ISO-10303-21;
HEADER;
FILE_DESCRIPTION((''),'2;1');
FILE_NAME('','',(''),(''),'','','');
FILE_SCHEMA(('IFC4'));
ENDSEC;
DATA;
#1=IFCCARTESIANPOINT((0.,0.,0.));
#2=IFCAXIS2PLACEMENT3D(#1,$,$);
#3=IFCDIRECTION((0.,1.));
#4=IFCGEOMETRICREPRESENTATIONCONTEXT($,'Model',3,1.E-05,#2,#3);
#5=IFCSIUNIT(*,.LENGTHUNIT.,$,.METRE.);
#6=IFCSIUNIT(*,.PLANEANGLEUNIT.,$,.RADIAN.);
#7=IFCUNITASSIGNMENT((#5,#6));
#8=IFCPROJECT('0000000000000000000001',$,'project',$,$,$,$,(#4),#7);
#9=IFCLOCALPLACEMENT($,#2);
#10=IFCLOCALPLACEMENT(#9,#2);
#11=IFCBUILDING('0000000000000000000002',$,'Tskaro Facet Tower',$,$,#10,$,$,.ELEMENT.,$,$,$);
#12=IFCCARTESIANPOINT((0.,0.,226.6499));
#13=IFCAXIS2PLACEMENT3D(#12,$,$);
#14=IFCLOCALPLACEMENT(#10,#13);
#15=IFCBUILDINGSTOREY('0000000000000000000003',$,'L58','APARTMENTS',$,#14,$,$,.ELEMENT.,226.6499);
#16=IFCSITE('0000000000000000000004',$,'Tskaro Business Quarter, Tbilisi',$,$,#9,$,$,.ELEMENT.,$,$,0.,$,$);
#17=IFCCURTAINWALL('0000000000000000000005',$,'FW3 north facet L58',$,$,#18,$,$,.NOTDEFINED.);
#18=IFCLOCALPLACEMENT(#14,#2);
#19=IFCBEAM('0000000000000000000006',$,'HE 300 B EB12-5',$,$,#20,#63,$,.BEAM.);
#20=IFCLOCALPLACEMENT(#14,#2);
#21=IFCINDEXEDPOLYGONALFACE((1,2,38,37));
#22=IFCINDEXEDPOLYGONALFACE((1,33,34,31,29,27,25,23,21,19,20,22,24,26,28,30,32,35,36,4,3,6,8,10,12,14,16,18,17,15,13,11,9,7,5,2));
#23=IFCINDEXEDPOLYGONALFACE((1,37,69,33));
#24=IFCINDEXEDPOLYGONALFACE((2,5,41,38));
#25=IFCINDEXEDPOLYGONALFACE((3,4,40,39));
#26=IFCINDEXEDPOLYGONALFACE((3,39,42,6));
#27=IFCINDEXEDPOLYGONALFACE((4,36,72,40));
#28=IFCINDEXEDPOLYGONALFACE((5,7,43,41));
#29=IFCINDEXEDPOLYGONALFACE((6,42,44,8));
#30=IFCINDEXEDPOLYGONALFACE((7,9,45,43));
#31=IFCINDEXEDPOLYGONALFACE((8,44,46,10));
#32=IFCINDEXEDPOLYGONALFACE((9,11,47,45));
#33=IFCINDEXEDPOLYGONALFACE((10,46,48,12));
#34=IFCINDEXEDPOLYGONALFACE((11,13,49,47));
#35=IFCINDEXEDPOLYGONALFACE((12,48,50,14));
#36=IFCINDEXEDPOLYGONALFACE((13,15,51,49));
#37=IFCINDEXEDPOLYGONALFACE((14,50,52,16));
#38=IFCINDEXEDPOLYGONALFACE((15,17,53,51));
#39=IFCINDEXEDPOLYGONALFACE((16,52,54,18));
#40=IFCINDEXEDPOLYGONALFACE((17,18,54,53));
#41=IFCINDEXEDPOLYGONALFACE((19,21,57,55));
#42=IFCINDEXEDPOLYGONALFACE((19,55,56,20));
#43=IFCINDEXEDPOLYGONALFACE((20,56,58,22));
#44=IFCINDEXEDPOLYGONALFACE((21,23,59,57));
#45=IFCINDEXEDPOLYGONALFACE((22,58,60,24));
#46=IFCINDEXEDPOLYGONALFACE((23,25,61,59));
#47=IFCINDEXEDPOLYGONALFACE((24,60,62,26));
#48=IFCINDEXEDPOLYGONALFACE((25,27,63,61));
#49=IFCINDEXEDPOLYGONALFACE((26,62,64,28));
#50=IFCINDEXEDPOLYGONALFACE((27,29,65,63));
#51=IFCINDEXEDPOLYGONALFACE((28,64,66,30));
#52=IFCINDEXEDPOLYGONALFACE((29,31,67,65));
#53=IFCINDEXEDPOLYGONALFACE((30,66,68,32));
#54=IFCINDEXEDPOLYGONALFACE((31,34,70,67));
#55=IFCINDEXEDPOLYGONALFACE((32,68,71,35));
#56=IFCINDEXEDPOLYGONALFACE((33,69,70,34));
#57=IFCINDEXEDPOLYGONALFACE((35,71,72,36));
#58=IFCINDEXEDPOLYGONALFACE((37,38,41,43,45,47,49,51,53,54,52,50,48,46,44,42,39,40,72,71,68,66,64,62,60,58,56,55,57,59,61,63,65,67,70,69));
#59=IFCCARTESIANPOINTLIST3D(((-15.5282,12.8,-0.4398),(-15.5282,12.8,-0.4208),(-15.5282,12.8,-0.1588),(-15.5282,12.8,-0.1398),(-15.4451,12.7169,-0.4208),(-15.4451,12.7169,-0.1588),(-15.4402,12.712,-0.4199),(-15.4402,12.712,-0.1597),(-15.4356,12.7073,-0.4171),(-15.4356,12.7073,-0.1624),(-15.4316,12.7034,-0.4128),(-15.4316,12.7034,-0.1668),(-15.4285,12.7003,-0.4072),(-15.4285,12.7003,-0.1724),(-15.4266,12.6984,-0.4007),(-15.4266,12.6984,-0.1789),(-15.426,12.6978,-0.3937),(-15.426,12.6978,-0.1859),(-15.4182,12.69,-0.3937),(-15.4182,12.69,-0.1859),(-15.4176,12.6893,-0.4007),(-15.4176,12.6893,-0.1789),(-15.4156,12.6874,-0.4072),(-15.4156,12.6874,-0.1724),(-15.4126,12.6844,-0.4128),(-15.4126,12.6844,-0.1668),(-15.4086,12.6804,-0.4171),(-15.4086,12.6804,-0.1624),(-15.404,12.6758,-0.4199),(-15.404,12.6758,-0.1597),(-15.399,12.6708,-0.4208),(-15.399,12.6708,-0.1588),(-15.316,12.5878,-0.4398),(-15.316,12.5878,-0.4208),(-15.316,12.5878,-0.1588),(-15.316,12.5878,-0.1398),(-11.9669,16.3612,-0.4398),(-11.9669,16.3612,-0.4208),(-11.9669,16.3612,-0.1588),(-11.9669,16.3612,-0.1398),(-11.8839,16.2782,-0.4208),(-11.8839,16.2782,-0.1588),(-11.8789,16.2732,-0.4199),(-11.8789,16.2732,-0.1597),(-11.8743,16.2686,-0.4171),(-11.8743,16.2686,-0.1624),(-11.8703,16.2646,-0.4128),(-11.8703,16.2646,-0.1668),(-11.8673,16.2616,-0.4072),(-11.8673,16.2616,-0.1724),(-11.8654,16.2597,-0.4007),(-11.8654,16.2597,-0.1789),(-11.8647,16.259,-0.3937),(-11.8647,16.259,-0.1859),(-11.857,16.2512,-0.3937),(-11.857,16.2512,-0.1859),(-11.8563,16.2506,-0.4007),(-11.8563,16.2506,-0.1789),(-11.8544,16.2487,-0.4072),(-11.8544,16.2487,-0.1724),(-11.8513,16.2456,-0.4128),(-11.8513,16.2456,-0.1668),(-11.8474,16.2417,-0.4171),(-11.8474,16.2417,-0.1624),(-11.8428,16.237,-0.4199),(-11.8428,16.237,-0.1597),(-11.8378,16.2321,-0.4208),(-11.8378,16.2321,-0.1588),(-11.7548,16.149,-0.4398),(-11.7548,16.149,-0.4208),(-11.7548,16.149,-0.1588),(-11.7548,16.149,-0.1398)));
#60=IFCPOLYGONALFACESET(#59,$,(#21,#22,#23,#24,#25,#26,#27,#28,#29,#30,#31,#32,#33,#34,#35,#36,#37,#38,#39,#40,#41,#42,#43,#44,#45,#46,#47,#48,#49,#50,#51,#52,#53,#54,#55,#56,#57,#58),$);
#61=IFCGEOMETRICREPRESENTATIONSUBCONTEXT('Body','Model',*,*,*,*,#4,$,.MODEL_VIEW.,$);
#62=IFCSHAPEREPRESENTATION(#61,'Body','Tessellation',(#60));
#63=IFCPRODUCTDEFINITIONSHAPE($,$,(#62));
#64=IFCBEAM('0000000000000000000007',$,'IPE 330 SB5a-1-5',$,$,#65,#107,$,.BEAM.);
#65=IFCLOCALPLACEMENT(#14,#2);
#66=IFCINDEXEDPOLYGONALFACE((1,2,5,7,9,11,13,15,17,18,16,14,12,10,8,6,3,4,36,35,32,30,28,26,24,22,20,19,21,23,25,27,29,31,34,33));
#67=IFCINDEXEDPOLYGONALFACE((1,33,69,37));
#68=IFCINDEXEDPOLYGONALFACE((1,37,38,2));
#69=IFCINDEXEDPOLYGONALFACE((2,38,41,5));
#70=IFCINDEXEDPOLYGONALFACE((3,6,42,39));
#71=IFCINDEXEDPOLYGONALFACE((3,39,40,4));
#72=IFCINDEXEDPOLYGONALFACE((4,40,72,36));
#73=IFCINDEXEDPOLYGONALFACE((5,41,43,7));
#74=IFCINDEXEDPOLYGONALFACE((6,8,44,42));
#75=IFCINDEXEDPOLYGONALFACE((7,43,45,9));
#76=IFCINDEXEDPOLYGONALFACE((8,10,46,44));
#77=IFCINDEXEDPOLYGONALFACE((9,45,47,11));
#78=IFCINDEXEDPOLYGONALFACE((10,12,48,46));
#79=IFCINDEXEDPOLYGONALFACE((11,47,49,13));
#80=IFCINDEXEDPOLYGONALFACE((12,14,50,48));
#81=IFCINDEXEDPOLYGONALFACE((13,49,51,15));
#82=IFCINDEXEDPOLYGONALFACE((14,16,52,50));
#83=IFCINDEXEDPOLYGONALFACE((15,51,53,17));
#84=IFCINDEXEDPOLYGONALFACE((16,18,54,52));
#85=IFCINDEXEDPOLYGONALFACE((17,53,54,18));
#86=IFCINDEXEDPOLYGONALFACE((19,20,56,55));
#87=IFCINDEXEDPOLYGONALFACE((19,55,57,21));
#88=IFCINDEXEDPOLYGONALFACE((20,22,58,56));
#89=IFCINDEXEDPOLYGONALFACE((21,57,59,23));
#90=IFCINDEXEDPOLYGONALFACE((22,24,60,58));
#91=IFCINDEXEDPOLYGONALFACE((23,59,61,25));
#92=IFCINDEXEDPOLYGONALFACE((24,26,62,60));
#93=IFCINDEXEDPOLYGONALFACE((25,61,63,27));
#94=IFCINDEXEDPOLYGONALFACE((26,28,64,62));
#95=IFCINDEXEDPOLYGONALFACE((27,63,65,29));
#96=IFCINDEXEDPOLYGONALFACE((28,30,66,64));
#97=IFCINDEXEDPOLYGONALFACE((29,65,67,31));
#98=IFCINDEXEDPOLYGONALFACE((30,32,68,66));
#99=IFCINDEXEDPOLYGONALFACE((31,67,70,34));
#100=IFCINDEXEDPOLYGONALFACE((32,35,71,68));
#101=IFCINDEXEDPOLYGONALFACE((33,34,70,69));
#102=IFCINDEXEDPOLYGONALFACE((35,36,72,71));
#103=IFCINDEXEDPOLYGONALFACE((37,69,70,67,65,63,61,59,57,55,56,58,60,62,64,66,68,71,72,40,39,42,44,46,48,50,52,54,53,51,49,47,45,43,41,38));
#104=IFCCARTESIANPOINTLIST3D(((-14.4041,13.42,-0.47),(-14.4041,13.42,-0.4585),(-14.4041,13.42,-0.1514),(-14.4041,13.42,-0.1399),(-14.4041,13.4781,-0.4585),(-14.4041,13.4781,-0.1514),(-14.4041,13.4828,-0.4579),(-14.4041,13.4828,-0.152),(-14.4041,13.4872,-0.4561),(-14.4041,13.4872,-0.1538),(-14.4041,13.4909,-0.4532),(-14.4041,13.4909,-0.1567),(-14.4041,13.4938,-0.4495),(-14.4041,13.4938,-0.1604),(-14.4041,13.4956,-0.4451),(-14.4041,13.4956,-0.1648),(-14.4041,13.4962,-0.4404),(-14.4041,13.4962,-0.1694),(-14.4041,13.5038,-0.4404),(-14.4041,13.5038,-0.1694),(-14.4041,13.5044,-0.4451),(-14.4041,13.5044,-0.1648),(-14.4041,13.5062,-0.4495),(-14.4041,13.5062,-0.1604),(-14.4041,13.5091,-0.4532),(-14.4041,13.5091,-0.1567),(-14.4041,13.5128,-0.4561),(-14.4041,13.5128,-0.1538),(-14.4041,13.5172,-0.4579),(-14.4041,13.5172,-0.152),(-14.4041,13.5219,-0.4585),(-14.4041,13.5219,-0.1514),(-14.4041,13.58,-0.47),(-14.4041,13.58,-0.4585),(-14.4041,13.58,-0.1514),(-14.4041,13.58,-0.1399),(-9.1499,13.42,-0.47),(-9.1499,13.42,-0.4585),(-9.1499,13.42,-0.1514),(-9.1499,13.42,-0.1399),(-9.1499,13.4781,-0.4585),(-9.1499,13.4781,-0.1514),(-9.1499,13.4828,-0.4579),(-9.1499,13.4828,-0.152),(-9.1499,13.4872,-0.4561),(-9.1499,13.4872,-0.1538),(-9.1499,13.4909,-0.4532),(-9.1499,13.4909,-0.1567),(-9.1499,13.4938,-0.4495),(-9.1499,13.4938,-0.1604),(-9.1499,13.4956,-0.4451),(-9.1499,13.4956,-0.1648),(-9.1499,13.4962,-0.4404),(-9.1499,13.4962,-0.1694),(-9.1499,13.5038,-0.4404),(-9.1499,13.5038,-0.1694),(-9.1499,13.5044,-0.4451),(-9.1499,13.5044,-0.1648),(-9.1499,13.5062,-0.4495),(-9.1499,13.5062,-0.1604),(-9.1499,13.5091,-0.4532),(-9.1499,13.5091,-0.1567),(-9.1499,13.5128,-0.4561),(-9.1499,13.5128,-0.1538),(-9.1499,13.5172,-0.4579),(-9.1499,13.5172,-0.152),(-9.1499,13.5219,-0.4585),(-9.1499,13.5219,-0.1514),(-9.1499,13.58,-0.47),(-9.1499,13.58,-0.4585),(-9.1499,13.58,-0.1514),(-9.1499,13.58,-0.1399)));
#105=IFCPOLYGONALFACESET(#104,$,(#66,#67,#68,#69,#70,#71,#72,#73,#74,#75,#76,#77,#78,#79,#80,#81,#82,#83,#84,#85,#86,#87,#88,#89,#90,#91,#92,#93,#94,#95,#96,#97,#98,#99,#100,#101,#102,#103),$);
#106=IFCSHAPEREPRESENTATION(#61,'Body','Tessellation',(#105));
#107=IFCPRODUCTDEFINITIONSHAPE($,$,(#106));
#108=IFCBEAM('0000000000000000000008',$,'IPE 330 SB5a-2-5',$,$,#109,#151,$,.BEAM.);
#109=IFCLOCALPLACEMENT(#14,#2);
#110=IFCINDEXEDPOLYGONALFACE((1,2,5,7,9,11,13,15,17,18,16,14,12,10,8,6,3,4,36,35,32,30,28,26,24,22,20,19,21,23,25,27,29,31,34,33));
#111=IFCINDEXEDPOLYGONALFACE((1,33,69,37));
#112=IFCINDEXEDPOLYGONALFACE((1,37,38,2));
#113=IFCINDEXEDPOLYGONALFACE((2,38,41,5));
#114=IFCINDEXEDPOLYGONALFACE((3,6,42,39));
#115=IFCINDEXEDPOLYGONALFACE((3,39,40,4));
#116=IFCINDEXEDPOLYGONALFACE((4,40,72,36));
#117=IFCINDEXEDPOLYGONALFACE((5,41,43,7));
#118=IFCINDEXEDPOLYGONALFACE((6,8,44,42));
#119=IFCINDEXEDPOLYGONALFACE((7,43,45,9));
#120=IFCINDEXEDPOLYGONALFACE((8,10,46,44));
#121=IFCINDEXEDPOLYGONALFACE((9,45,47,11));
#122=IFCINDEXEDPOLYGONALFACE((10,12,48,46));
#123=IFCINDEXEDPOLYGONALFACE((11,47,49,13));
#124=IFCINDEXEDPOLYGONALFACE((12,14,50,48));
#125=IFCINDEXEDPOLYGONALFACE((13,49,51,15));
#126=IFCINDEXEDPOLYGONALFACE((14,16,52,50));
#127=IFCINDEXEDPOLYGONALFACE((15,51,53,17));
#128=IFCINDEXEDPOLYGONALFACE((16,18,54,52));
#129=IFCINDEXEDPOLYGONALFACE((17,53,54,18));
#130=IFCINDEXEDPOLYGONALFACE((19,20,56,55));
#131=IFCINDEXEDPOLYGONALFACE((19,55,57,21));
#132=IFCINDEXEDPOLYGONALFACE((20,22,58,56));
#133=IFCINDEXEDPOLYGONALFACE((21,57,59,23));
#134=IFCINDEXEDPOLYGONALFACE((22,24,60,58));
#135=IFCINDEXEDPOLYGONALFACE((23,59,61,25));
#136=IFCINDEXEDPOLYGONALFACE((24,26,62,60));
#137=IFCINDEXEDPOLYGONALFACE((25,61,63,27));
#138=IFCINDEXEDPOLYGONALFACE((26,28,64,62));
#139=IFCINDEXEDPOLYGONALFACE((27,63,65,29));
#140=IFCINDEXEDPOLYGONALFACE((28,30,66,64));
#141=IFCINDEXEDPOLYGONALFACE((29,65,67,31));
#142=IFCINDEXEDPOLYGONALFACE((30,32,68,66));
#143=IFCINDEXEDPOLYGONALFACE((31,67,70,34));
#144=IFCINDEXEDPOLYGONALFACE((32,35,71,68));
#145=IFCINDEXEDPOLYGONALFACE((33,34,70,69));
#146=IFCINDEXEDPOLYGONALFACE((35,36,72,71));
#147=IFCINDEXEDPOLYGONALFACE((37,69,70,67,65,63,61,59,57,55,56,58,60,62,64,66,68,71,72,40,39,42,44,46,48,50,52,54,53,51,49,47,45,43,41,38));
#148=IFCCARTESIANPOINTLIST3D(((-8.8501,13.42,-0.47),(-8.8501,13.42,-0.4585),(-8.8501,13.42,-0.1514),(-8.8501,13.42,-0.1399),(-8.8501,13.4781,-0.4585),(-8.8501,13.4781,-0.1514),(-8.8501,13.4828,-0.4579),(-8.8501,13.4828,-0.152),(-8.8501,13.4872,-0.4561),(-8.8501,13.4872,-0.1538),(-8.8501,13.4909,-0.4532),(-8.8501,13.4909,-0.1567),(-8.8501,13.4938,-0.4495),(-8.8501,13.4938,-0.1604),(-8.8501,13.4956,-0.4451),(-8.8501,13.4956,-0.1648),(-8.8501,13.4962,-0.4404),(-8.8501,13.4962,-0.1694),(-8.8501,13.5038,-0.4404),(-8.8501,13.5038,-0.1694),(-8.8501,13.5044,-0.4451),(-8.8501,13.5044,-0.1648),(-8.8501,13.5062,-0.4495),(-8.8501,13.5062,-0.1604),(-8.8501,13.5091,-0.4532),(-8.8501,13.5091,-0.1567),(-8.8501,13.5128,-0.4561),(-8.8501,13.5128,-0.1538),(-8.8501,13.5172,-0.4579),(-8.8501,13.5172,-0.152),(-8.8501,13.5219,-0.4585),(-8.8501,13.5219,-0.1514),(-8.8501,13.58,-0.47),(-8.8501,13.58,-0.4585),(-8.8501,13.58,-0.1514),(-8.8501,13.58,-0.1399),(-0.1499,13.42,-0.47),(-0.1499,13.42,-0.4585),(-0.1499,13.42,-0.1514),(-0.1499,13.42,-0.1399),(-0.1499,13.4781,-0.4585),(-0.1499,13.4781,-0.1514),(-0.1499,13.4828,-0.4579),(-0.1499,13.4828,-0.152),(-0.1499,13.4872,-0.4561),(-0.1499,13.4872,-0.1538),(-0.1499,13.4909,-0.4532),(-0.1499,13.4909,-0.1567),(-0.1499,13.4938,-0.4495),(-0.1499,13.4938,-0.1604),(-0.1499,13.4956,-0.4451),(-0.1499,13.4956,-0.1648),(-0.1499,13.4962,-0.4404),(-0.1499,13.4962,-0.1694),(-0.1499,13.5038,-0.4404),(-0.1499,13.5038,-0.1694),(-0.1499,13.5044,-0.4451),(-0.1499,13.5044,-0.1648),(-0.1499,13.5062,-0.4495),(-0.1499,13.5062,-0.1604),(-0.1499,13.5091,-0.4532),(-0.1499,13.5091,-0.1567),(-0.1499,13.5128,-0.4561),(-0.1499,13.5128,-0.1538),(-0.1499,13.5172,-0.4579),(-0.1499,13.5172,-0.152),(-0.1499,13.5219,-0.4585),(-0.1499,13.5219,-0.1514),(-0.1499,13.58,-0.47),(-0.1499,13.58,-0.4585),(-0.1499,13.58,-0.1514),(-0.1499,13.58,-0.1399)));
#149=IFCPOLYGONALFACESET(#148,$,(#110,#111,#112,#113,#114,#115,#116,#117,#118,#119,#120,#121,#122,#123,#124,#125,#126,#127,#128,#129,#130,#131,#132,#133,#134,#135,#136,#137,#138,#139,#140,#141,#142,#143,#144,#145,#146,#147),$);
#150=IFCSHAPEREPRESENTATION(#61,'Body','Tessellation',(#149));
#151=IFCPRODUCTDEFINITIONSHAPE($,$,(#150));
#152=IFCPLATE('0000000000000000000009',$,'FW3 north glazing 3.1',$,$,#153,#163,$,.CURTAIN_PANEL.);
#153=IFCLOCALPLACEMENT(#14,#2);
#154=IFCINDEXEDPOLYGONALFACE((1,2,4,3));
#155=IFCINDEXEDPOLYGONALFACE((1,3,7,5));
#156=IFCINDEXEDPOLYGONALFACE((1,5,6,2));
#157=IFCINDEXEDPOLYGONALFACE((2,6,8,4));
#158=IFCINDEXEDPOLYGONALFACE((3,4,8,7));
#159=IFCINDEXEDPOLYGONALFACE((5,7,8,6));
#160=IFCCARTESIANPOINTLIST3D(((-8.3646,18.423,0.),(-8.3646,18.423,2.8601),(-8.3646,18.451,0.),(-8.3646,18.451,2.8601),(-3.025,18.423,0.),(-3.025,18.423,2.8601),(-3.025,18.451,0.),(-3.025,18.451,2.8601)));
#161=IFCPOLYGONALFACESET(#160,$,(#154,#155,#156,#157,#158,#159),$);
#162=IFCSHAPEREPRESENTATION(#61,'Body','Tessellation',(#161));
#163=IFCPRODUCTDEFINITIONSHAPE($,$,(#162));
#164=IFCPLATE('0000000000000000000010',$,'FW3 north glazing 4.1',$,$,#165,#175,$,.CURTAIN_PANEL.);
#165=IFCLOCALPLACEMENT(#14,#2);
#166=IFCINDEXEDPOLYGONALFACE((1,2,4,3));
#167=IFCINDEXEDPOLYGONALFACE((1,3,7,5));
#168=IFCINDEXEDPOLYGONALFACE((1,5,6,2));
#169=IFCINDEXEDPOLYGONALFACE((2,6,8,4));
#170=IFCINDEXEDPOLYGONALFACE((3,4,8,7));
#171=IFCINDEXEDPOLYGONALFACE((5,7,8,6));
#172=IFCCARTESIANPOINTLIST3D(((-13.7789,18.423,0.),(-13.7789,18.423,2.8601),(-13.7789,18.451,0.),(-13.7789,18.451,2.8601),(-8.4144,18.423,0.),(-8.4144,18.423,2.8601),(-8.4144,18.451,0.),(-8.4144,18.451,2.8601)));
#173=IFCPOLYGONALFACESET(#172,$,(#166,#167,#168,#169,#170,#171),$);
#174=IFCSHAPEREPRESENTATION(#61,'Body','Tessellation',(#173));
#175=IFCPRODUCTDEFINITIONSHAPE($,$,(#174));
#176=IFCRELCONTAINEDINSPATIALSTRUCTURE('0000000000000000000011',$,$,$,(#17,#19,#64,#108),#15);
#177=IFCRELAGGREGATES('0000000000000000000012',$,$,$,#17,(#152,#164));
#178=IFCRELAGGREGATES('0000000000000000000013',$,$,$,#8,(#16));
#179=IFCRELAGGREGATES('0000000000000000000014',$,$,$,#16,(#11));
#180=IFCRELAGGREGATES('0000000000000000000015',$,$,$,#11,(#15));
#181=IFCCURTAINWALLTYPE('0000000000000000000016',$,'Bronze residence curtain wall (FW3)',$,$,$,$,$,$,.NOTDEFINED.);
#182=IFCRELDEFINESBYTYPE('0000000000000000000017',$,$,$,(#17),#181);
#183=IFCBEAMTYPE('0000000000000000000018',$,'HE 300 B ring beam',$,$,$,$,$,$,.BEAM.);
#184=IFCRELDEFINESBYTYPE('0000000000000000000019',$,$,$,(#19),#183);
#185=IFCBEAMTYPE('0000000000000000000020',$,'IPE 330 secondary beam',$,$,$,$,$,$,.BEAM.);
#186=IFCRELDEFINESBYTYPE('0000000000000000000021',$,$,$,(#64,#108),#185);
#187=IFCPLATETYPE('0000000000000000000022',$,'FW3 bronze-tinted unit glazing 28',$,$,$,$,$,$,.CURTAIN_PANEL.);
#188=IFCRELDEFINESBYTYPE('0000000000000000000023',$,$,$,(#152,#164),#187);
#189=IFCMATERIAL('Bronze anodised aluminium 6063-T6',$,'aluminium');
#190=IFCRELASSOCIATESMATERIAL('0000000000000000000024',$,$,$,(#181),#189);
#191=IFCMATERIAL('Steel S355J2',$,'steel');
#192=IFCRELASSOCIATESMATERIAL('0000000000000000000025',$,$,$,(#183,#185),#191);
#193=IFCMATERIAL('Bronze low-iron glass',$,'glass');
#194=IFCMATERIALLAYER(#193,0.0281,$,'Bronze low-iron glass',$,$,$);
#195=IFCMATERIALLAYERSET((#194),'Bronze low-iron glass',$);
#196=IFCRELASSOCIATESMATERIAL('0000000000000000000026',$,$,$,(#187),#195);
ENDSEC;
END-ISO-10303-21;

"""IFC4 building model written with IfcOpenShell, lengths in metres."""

from ifc_helpers import new_model, si_unit, direction, frame, origin, origin_2d, place, context, subcontext, project, spatial, rectangle, i_section, extrude, material, layer, layer_set, material_profile, profile_set, type_object, element, aggregate, save


model = new_model("IFC4")

# Units and contexts
model_context = context("Model", 3, precision=1e-05, world=origin(), true_north=direction((0.0, 1.0)))
body_context = subcontext(model_context, "Body", "Model", "MODEL_VIEW")
ifc_project = project(units=[si_unit("LENGTHUNIT", "METRE"), si_unit("PLANEANGLEUNIT", "RADIAN")], contexts=[model_context])

# Site, building, storey
site_placement = place(None, origin())
site = spatial("IfcSite", under=ifc_project, at=site_placement, Name="Tskaro Business Quarter, Tbilisi", CompositionType="ELEMENT", RefElevation=0.0)
building_placement = place(site_placement, origin())
building = spatial("IfcBuilding", under=site, at=building_placement, Name="Tskaro Facet Tower", CompositionType="ELEMENT")
storey_placement = place(building_placement, frame((0.0, 0.0, 226.6499)))
storey = spatial("IfcBuildingStorey", under=building, at=storey_placement, Name="L58", Description="APARTMENTS", CompositionType="ELEMENT", Elevation=226.6499)

# Shared definitions
ifc_material_1 = material(Name="Bronze anodised aluminium 6063-T6", Category="aluminium")
curtain_wall_type = type_object("IfcCurtainWallType", Name="Bronze residence curtain wall (FW3)", PredefinedType="NOTDEFINED", material=ifc_material_1)

# Curtain wall
curtain_wall_1_placement = place(storey_placement, origin())
curtain_wall_1 = element("IfcCurtainWall", 1, at=curtain_wall_1_placement, inside=storey, type_object=curtain_wall_type, Name="FW3 north facet L58", PredefinedType="NOTDEFINED")

# Beams
ifc_material_2 = material(Name="Steel S355J2", Category="steel")
ifc_material_profile_1 = material_profile(ifc_material_2, i_section(OverallWidth=0.3, OverallDepth=0.3, WebThickness=0.011, FlangeThickness=0.019, FilletRadius=0.0271, at=origin_2d()), Name="HE 300 B")
ifc_profile_set_1 = profile_set([ifc_material_profile_1], Name="Steel S355J2")
beam_type_1 = type_object("IfcBeamType", Name="HE 300 B ring beam", PredefinedType="BEAM", material=ifc_profile_set_1)
beam_1_placement = place(storey_placement, frame((-11.8608, 16.2551, -0.2898), z_axis=(-0.707107, -0.707107, 0.0), x_axis=(0.707107, -0.707107, 0.0)))
element("IfcBeam", 2, at=beam_1_placement, inside=storey, type_object=beam_type_1, Name="HE 300 B EB12-5", PredefinedType="BEAM", context=body_context, shape_type="SweptSolid", body=[
    extrude(i_section(OverallWidth=0.3, OverallDepth=0.3, WebThickness=0.011, FlangeThickness=0.019, FilletRadius=0.0271, at=origin_2d()), origin(), (0.0, 0.0, 1.0), 5.0364),
])
ifc_material_profile_2 = material_profile(ifc_material_2, i_section(OverallWidth=0.1599, OverallDepth=0.3301, WebThickness=0.0076, FlangeThickness=0.0115, FilletRadius=0.0181, at=origin_2d()), Name="IPE 330")
ifc_profile_set_2 = profile_set([ifc_material_profile_2], Name="Steel S355J2")
beam_type_2 = type_object("IfcBeamType", Name="IPE 330 secondary beam", PredefinedType="BEAM", material=ifc_profile_set_2)
beam_2_placement = place(storey_placement, frame((-14.4041, 13.5, -0.3049), z_axis=(1.0, 0.0, 0.0), x_axis=(0.0, 1.0, 0.0)))
element("IfcBeam", 3, at=beam_2_placement, inside=storey, type_object=beam_type_2, Name="IPE 330 SB5a-1-5", PredefinedType="BEAM", context=body_context, shape_type="SweptSolid", body=[
    extrude(i_section(OverallWidth=0.1599, OverallDepth=0.3301, WebThickness=0.0076, FlangeThickness=0.0115, FilletRadius=0.0181, at=origin_2d()), origin(), (0.0, 0.0, 1.0), 5.2542),
])
beam_3_placement = place(storey_placement, frame((-8.8501, 13.5, -0.3049), z_axis=(1.0, 0.0, 0.0), x_axis=(0.0, 1.0, 0.0)))
element("IfcBeam", 4, at=beam_3_placement, inside=storey, type_object=beam_type_2, Name="IPE 330 SB5a-2-5", PredefinedType="BEAM", context=body_context, shape_type="SweptSolid", body=[
    extrude(i_section(OverallWidth=0.1599, OverallDepth=0.3301, WebThickness=0.0076, FlangeThickness=0.0115, FilletRadius=0.0181, at=origin_2d()), origin(), (0.0, 0.0, 1.0), 8.7002),
])

# Plates
ifc_material_3 = material(Name="Bronze low-iron glass", Category="glass")
ifc_layer_1 = layer(ifc_material_3, 0.0281, Name="Bronze low-iron glass")
ifc_layer_set_1 = layer_set([ifc_layer_1], Name="Bronze low-iron glass")
plate_type = type_object("IfcPlateType", Name="FW3 bronze-tinted unit glazing 28", PredefinedType="CURTAIN_PANEL", material=ifc_layer_set_1)
plate_1_placement = place(storey_placement, frame((-5.6948, 18.437, 0.0), z_axis=(0.0, 0.0, 1.0), x_axis=(-1.0, 0.0, 0.0)))
plate_1 = element("IfcPlate", 5, at=plate_1_placement, type_object=plate_type, Name="FW3 north glazing 3.1", PredefinedType="CURTAIN_PANEL", context=body_context, shape_type="SweptSolid", body=[
    extrude(rectangle(XDim=5.3396, YDim=0.0281, at=origin_2d()), origin(), (0.0, 0.0, 1.0), 2.8601),
])
plate_2_placement = place(storey_placement, frame((-11.0967, 18.437, 0.0), z_axis=(0.0, 0.0, 1.0), x_axis=(-1.0, 0.0, 0.0)))
plate_2 = element("IfcPlate", 6, at=plate_2_placement, type_object=plate_type, Name="FW3 north glazing 4.1", PredefinedType="CURTAIN_PANEL", context=body_context, shape_type="SweptSolid", body=[
    extrude(rectangle(XDim=5.3645, YDim=0.0281, at=origin_2d()), origin(), (0.0, 0.0, 1.0), 2.8601),
])
aggregate(curtain_wall_1, [plate_1, plate_2])

save(model, "model.ifc")
